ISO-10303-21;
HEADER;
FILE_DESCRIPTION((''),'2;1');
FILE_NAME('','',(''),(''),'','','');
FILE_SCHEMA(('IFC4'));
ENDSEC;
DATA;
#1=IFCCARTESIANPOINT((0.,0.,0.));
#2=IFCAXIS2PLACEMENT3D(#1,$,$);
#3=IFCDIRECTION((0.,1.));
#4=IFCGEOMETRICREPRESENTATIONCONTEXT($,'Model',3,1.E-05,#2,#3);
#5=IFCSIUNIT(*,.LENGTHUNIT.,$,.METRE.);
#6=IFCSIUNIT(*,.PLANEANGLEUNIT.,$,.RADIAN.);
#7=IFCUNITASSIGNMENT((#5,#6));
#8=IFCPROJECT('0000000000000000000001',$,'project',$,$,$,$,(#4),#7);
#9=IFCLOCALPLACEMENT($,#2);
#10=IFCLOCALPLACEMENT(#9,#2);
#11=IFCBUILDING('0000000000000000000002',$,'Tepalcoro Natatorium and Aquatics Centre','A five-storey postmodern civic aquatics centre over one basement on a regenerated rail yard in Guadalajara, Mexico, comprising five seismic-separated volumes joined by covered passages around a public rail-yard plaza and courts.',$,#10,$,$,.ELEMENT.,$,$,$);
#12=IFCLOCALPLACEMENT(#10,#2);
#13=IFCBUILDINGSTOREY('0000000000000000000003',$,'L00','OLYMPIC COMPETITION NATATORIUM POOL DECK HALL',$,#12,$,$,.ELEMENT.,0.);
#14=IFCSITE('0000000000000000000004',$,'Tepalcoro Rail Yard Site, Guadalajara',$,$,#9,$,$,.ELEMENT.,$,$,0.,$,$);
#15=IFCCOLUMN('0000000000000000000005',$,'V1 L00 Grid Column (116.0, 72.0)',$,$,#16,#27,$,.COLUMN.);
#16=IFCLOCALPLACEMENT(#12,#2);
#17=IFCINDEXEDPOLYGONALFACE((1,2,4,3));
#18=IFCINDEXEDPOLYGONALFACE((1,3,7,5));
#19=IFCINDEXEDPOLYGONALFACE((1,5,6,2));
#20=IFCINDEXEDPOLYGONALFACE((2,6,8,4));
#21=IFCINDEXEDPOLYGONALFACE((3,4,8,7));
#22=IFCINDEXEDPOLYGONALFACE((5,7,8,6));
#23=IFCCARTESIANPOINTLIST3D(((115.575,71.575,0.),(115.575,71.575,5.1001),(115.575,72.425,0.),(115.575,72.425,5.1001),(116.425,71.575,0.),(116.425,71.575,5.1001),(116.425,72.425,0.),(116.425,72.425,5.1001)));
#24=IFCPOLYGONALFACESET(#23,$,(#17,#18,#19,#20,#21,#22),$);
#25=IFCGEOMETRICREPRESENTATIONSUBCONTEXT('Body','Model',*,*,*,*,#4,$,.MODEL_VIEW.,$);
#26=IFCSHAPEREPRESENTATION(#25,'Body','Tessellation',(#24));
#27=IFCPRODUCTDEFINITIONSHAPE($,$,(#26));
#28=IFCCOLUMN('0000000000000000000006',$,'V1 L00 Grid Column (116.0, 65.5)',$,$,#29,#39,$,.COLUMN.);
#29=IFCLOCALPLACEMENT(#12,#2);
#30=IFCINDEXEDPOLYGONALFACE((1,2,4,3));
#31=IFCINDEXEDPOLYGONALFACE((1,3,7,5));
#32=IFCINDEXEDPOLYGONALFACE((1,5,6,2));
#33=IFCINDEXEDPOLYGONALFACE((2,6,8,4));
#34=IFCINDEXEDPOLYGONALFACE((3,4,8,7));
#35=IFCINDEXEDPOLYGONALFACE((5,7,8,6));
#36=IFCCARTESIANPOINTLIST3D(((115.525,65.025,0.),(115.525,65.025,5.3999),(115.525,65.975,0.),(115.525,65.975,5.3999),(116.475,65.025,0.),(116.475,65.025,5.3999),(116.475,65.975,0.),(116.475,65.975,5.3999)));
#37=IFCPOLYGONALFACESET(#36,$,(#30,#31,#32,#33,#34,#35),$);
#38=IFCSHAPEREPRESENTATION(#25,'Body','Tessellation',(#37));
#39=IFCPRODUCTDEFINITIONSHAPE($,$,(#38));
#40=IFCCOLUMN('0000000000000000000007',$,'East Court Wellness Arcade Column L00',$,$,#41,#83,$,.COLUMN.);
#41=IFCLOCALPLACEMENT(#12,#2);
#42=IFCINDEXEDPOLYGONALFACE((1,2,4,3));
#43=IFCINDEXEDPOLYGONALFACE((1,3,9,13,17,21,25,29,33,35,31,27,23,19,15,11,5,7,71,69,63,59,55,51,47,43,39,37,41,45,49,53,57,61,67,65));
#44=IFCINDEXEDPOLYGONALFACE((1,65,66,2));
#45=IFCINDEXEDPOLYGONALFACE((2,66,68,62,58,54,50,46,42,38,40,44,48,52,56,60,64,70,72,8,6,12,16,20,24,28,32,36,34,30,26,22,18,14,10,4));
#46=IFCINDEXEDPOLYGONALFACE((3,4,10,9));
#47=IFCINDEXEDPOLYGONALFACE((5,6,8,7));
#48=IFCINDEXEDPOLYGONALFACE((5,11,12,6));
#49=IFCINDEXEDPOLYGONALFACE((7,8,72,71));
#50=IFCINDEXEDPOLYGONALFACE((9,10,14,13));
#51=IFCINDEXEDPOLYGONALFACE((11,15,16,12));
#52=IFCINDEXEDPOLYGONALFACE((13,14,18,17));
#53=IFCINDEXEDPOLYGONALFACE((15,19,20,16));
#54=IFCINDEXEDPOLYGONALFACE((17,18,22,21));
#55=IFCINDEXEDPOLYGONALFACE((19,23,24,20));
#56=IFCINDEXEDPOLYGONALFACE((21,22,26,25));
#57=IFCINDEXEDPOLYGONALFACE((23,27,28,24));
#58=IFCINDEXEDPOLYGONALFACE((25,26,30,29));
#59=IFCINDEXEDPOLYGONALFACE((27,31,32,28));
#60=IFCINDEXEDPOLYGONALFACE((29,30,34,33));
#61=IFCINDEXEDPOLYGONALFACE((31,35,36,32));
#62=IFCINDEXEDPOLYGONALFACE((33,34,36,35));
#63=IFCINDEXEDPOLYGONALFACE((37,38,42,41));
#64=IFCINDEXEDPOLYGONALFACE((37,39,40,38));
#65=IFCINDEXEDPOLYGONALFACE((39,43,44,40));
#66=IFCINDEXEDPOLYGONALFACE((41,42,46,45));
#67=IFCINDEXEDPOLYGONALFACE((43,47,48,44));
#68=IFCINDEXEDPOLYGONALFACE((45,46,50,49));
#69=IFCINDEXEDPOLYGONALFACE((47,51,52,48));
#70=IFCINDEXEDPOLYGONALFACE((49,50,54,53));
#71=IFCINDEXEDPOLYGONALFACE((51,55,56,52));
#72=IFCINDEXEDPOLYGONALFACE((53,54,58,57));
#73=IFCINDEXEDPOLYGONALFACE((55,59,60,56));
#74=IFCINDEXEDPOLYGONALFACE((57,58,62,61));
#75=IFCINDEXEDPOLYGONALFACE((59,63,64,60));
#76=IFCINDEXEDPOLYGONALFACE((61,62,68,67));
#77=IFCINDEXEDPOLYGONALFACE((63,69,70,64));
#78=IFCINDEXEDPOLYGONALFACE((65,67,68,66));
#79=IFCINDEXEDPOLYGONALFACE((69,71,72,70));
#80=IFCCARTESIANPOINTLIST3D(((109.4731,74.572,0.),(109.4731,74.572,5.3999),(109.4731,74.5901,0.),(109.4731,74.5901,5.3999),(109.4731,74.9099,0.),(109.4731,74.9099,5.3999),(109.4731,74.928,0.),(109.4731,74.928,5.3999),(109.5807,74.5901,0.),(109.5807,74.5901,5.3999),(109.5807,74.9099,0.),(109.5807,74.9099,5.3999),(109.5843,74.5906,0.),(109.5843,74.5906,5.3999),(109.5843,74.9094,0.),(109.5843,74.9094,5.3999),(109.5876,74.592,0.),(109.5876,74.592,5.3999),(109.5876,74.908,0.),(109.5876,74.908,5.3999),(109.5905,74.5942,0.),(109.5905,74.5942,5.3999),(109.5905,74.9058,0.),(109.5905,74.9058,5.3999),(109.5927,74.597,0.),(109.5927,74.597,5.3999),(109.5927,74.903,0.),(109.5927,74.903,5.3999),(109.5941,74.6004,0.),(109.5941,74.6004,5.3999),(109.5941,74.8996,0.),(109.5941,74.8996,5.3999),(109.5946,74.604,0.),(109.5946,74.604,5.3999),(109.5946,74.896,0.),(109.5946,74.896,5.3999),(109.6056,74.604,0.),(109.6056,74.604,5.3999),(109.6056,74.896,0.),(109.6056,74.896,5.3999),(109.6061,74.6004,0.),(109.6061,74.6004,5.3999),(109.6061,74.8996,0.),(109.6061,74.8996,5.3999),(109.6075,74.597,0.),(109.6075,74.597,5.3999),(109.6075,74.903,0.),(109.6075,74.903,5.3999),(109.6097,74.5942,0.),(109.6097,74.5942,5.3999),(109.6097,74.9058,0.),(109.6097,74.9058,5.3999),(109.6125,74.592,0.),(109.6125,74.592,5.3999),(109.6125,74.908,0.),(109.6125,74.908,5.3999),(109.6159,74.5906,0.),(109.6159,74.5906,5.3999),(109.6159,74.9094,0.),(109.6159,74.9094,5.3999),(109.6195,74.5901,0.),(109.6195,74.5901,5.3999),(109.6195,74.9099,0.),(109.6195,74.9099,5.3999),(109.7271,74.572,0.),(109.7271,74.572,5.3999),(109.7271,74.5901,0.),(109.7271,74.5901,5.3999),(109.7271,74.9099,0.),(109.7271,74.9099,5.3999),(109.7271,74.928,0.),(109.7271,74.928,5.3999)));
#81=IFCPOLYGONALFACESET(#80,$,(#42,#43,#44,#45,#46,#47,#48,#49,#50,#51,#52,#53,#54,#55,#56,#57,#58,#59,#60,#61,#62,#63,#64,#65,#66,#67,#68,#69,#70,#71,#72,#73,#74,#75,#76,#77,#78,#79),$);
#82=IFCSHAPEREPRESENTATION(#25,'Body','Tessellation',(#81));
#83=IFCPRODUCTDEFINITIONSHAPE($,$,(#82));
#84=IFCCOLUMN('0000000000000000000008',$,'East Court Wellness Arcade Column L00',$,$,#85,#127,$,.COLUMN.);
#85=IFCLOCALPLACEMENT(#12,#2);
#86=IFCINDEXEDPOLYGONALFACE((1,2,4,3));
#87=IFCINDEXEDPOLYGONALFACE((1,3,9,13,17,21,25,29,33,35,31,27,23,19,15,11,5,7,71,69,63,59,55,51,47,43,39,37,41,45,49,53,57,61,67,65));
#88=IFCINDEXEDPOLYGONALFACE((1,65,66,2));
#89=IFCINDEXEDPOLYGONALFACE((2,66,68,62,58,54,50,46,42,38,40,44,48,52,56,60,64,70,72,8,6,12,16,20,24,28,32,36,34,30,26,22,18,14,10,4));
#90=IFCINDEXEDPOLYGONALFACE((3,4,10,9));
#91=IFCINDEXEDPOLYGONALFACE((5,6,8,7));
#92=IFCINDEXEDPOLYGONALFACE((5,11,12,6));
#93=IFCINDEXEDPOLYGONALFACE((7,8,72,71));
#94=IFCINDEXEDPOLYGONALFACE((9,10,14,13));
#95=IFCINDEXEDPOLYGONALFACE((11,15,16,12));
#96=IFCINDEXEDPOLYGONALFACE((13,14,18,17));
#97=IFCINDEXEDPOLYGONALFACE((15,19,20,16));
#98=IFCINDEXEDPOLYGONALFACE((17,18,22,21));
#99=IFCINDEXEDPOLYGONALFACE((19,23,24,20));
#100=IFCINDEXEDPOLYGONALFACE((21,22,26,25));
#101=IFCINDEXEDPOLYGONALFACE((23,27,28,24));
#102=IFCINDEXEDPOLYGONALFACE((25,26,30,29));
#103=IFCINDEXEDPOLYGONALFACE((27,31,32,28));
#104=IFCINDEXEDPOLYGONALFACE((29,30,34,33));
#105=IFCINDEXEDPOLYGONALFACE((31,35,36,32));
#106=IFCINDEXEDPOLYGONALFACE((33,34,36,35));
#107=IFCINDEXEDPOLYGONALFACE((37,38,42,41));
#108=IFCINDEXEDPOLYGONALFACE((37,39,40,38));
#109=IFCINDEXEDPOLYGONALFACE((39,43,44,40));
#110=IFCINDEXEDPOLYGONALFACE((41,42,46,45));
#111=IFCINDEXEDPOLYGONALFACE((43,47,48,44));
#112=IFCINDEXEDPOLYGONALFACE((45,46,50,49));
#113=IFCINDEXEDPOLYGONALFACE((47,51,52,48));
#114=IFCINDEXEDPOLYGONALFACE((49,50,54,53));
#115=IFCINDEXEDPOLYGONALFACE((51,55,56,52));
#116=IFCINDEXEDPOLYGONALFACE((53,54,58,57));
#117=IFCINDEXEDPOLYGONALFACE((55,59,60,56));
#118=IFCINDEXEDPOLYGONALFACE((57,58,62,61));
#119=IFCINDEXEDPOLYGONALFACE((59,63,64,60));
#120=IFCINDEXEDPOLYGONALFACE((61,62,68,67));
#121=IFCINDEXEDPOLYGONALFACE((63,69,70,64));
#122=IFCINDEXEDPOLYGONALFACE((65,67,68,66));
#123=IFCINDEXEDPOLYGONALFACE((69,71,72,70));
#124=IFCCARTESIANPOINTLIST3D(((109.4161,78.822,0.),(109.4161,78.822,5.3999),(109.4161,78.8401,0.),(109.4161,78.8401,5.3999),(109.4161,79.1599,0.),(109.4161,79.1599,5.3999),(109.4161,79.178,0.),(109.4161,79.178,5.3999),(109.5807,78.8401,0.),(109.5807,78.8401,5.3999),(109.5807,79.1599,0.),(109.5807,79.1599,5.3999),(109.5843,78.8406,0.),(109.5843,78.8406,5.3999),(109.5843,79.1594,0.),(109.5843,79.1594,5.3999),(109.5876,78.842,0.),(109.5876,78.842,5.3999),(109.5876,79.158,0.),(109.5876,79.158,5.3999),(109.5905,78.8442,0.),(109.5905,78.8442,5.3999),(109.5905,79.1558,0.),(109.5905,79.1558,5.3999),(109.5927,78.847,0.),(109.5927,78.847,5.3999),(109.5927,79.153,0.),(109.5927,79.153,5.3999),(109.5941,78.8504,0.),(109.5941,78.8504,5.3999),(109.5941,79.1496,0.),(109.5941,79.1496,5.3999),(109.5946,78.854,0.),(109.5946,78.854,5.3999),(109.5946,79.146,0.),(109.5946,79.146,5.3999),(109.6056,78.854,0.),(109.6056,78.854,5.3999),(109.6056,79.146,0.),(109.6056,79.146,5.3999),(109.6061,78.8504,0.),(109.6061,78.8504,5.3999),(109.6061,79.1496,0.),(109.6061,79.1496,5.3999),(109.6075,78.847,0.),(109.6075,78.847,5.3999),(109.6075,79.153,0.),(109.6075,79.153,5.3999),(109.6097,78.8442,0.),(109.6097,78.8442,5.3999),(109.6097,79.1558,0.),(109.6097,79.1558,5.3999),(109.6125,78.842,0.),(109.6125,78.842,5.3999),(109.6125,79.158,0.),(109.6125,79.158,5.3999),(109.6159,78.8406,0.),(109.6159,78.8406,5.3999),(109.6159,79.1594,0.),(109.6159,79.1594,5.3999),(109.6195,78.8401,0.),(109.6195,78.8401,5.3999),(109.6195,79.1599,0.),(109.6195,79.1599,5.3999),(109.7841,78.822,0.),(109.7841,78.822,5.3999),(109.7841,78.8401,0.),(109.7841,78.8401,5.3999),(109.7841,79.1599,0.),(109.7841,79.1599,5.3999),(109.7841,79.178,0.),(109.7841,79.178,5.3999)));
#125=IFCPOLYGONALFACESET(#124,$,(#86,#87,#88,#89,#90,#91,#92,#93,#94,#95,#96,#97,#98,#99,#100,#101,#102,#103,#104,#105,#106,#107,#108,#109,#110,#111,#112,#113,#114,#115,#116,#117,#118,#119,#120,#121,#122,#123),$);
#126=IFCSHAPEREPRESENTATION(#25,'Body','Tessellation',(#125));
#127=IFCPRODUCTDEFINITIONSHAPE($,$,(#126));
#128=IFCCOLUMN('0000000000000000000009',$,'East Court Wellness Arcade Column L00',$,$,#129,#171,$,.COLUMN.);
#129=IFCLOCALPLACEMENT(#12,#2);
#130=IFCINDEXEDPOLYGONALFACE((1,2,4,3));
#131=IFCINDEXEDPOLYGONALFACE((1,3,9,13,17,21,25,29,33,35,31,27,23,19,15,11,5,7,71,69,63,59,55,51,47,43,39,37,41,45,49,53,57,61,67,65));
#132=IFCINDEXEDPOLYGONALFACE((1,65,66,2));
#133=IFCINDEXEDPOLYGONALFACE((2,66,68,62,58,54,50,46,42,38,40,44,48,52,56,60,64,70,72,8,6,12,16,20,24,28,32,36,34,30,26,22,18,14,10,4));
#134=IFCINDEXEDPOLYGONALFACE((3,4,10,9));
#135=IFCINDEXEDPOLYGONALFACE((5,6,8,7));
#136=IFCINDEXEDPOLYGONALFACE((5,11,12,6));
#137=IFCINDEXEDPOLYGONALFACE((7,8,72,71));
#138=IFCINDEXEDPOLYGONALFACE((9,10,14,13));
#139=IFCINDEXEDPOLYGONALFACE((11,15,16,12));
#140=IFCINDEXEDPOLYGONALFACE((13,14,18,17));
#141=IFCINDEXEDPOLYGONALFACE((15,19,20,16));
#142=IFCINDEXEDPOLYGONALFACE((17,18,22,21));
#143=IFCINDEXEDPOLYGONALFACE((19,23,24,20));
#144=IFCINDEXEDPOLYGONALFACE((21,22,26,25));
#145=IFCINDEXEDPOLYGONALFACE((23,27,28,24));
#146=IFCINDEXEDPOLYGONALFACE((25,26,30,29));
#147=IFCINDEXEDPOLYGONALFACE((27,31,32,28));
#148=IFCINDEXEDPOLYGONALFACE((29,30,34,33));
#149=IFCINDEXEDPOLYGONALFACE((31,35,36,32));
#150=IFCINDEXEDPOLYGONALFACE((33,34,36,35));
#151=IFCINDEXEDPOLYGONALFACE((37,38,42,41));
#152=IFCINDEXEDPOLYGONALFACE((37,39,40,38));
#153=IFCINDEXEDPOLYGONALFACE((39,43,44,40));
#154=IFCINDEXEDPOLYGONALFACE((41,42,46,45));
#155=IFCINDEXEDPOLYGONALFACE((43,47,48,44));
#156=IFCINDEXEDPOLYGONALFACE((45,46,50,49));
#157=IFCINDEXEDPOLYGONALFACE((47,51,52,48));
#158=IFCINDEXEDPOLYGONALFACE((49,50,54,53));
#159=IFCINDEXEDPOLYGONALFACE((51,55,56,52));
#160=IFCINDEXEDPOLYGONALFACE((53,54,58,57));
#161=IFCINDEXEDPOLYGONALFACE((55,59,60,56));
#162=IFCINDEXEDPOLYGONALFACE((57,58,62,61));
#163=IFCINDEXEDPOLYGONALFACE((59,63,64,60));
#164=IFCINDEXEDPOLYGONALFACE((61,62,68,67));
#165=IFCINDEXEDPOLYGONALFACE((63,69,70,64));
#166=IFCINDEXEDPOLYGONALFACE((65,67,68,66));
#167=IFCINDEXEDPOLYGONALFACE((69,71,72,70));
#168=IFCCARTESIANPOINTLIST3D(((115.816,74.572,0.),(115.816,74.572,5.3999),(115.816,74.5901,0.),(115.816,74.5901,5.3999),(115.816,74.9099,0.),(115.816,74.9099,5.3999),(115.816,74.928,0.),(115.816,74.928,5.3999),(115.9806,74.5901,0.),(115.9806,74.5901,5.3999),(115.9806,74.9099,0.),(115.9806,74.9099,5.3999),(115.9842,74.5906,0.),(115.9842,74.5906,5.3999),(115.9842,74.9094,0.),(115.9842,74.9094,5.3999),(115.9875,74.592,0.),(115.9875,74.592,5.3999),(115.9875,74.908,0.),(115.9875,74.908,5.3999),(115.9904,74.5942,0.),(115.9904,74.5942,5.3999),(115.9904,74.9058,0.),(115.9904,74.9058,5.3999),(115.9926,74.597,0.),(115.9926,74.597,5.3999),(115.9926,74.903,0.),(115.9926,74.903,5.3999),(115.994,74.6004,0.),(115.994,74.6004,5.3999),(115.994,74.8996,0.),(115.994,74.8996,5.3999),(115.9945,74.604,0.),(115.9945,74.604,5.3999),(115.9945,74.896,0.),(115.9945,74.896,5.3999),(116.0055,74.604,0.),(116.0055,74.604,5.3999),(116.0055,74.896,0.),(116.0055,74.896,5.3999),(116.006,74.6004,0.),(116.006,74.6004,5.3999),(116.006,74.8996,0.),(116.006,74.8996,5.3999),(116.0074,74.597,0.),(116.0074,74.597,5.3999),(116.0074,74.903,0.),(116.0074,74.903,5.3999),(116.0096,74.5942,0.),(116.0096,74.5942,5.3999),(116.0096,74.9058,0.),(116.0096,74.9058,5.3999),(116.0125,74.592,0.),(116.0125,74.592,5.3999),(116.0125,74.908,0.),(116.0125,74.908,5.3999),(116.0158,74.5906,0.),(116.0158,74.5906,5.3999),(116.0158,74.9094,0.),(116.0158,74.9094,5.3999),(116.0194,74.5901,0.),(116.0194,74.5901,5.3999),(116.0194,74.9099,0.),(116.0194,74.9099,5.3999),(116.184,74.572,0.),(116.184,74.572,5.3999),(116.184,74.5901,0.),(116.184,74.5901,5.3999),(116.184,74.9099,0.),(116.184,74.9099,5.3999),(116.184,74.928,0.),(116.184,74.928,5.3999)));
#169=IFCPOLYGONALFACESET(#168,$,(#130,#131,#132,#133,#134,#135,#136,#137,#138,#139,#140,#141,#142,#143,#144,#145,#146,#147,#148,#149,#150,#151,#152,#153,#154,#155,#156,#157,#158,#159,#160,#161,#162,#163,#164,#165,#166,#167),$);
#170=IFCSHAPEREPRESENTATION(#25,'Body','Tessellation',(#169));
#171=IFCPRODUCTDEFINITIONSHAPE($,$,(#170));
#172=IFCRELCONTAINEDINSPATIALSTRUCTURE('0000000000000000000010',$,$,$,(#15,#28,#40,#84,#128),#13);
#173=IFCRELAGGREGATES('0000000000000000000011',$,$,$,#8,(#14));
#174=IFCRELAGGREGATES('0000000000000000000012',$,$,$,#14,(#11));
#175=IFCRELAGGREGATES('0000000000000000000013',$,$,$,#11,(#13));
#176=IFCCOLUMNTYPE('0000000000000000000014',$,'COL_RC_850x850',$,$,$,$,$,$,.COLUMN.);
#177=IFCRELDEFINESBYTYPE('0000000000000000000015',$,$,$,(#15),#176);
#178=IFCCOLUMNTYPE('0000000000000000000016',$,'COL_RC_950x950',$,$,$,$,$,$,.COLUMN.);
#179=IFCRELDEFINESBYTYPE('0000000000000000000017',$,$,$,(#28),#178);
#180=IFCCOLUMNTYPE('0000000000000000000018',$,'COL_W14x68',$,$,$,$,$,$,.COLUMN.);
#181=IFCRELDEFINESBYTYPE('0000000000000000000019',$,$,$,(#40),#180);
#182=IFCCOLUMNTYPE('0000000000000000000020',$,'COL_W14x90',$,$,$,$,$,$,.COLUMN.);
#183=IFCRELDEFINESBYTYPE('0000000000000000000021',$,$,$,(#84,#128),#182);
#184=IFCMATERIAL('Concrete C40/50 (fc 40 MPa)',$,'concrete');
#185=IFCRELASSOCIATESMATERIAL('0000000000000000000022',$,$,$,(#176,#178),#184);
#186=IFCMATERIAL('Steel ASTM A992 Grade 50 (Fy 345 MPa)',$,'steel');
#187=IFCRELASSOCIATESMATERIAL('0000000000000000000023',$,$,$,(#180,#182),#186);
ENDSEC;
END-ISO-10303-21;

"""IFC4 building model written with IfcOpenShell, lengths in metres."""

from ifc_helpers import new_model, si_unit, direction, frame, origin, origin_2d, place, context, subcontext, project, spatial, rectangle, i_section, extrude, material, material_profile, profile_set, type_object, element, save


model = new_model("IFC4")

# Units and contexts
model_context = context("Model", 3, precision=1e-05, world=origin(), true_north=direction((0.0, 1.0)))
body_context = subcontext(model_context, "Body", "Model", "MODEL_VIEW")
ifc_project = project(units=[si_unit("LENGTHUNIT", "METRE"), si_unit("PLANEANGLEUNIT", "RADIAN")], contexts=[model_context])

# Site, building, storey
site_placement = place(None, origin())
site = spatial("IfcSite", under=ifc_project, at=site_placement, Name="Tepalcoro Rail Yard Site, Guadalajara", CompositionType="ELEMENT", RefElevation=0.0)
building_placement = place(site_placement, origin())
building = spatial("IfcBuilding", under=site, at=building_placement, Name="Tepalcoro Natatorium and Aquatics Centre", Description="A five-storey postmodern civic aquatics centre over one basement on a regenerated rail yard in Guadalajara, Mexico, comprising five seismic-separated volumes joined by covered passages around a public rail-yard plaza and courts.", CompositionType="ELEMENT")
storey_placement = place(building_placement, origin())
storey = spatial("IfcBuildingStorey", under=building, at=storey_placement, Name="L00", Description="OLYMPIC COMPETITION NATATORIUM POOL DECK HALL", CompositionType="ELEMENT", Elevation=0.0)

# Columns
ifc_material_1 = material(Name="Concrete C40/50 (fc 40 MPa)", Category="concrete")
ifc_material_profile_1 = material_profile(ifc_material_1, rectangle(XDim=0.8501, YDim=0.8501, at=origin_2d()), Name="RC850x850")
ifc_profile_set_1 = profile_set([ifc_material_profile_1], Name="Concrete C40/50 (fc 40 MPa)")
column_type_1 = type_object("IfcColumnType", Name="COL_RC_850x850", PredefinedType="COLUMN", material=ifc_profile_set_1)
column_1_placement = place(storey_placement, frame((116.0, 72.0, 0.0), z_axis=(0.0, 0.0, 1.0), x_axis=(1.0, 0.0, 0.0)))
element("IfcColumn", 1, at=column_1_placement, inside=storey, type_object=column_type_1, Name="V1 L00 Grid Column (116.0, 72.0)", PredefinedType="COLUMN", context=body_context, shape_type="SweptSolid", body=[
    extrude(rectangle(XDim=0.8501, YDim=0.8501, at=origin_2d()), origin(), (0.0, 0.0, 1.0), 5.1001),
])
ifc_material_profile_2 = material_profile(ifc_material_1, rectangle(XDim=0.95, YDim=0.95, at=origin_2d()), Name="RC950x950")
ifc_profile_set_2 = profile_set([ifc_material_profile_2], Name="Concrete C40/50 (fc 40 MPa)")
column_type_2 = type_object("IfcColumnType", Name="COL_RC_950x950", PredefinedType="COLUMN", material=ifc_profile_set_2)
column_2_placement = place(storey_placement, frame((116.0, 65.5, 0.0), z_axis=(0.0, 0.0, 1.0), x_axis=(1.0, 0.0, 0.0)))
element("IfcColumn", 2, at=column_2_placement, inside=storey, type_object=column_type_2, Name="V1 L00 Grid Column (116.0, 65.5)", PredefinedType="COLUMN", context=body_context, shape_type="SweptSolid", body=[
    extrude(rectangle(XDim=0.95, YDim=0.95, at=origin_2d()), origin(), (0.0, 0.0, 1.0), 5.3999),
])
ifc_material_2 = material(Name="Steel ASTM A992 Grade 50 (Fy 345 MPa)", Category="steel")
ifc_material_profile_3 = material_profile(ifc_material_2, i_section(OverallWidth=0.2539, OverallDepth=0.356, WebThickness=0.011, FlangeThickness=0.0181, FilletRadius=0.0139, at=origin_2d()), Name="W14X68")
ifc_profile_set_3 = profile_set([ifc_material_profile_3], Name="Steel ASTM A992 Grade 50 (Fy 345 MPa)")
column_type_3 = type_object("IfcColumnType", Name="COL_W14x68", PredefinedType="COLUMN", material=ifc_profile_set_3)
column_3_placement = place(storey_placement, frame((109.6001, 74.75, 0.0), z_axis=(0.0, 0.0, 1.0), x_axis=(1.0, 0.0, 0.0)))
element("IfcColumn", 3, at=column_3_placement, inside=storey, type_object=column_type_3, Name="East Court Wellness Arcade Column L00", PredefinedType="COLUMN", context=body_context, shape_type="SweptSolid", body=[
    extrude(i_section(OverallWidth=0.2539, OverallDepth=0.356, WebThickness=0.011, FlangeThickness=0.0181, FilletRadius=0.0139, at=origin_2d()), origin(), (0.0, 0.0, 1.0), 5.3999),
])
ifc_material_profile_4 = material_profile(ifc_material_2, i_section(OverallWidth=0.3679, OverallDepth=0.356, WebThickness=0.011, FlangeThickness=0.0181, FilletRadius=0.0139, at=origin_2d()), Name="W14X90")
ifc_profile_set_4 = profile_set([ifc_material_profile_4], Name="Steel ASTM A992 Grade 50 (Fy 345 MPa)")
column_type_4 = type_object("IfcColumnType", Name="COL_W14x90", PredefinedType="COLUMN", material=ifc_profile_set_4)
for number, where, z_axis, x_axis, name in (
    (4, (109.6001, 79.0, 0.0), (0.0, 0.0, 1.0), (1.0, 0.0, 0.0), "East Court Wellness Arcade Column L00"),
    (5, (116.0, 74.75, 0.0), (0.0, 0.0, 1.0), (1.0, 0.0, 0.0), "East Court Wellness Arcade Column L00"),
):
    element("IfcColumn", number, at=place(storey_placement, frame(where, z_axis=z_axis, x_axis=x_axis)), inside=storey, type_object=column_type_4, Name=name, PredefinedType="COLUMN", context=body_context, shape_type="SweptSolid", body=[
        extrude(i_section(OverallWidth=0.3679, OverallDepth=0.356, WebThickness=0.011, FlangeThickness=0.0181, FilletRadius=0.0139, at=origin_2d()), origin(), (0.0, 0.0, 1.0), 5.3999),
    ])

save(model, "model.ifc")
